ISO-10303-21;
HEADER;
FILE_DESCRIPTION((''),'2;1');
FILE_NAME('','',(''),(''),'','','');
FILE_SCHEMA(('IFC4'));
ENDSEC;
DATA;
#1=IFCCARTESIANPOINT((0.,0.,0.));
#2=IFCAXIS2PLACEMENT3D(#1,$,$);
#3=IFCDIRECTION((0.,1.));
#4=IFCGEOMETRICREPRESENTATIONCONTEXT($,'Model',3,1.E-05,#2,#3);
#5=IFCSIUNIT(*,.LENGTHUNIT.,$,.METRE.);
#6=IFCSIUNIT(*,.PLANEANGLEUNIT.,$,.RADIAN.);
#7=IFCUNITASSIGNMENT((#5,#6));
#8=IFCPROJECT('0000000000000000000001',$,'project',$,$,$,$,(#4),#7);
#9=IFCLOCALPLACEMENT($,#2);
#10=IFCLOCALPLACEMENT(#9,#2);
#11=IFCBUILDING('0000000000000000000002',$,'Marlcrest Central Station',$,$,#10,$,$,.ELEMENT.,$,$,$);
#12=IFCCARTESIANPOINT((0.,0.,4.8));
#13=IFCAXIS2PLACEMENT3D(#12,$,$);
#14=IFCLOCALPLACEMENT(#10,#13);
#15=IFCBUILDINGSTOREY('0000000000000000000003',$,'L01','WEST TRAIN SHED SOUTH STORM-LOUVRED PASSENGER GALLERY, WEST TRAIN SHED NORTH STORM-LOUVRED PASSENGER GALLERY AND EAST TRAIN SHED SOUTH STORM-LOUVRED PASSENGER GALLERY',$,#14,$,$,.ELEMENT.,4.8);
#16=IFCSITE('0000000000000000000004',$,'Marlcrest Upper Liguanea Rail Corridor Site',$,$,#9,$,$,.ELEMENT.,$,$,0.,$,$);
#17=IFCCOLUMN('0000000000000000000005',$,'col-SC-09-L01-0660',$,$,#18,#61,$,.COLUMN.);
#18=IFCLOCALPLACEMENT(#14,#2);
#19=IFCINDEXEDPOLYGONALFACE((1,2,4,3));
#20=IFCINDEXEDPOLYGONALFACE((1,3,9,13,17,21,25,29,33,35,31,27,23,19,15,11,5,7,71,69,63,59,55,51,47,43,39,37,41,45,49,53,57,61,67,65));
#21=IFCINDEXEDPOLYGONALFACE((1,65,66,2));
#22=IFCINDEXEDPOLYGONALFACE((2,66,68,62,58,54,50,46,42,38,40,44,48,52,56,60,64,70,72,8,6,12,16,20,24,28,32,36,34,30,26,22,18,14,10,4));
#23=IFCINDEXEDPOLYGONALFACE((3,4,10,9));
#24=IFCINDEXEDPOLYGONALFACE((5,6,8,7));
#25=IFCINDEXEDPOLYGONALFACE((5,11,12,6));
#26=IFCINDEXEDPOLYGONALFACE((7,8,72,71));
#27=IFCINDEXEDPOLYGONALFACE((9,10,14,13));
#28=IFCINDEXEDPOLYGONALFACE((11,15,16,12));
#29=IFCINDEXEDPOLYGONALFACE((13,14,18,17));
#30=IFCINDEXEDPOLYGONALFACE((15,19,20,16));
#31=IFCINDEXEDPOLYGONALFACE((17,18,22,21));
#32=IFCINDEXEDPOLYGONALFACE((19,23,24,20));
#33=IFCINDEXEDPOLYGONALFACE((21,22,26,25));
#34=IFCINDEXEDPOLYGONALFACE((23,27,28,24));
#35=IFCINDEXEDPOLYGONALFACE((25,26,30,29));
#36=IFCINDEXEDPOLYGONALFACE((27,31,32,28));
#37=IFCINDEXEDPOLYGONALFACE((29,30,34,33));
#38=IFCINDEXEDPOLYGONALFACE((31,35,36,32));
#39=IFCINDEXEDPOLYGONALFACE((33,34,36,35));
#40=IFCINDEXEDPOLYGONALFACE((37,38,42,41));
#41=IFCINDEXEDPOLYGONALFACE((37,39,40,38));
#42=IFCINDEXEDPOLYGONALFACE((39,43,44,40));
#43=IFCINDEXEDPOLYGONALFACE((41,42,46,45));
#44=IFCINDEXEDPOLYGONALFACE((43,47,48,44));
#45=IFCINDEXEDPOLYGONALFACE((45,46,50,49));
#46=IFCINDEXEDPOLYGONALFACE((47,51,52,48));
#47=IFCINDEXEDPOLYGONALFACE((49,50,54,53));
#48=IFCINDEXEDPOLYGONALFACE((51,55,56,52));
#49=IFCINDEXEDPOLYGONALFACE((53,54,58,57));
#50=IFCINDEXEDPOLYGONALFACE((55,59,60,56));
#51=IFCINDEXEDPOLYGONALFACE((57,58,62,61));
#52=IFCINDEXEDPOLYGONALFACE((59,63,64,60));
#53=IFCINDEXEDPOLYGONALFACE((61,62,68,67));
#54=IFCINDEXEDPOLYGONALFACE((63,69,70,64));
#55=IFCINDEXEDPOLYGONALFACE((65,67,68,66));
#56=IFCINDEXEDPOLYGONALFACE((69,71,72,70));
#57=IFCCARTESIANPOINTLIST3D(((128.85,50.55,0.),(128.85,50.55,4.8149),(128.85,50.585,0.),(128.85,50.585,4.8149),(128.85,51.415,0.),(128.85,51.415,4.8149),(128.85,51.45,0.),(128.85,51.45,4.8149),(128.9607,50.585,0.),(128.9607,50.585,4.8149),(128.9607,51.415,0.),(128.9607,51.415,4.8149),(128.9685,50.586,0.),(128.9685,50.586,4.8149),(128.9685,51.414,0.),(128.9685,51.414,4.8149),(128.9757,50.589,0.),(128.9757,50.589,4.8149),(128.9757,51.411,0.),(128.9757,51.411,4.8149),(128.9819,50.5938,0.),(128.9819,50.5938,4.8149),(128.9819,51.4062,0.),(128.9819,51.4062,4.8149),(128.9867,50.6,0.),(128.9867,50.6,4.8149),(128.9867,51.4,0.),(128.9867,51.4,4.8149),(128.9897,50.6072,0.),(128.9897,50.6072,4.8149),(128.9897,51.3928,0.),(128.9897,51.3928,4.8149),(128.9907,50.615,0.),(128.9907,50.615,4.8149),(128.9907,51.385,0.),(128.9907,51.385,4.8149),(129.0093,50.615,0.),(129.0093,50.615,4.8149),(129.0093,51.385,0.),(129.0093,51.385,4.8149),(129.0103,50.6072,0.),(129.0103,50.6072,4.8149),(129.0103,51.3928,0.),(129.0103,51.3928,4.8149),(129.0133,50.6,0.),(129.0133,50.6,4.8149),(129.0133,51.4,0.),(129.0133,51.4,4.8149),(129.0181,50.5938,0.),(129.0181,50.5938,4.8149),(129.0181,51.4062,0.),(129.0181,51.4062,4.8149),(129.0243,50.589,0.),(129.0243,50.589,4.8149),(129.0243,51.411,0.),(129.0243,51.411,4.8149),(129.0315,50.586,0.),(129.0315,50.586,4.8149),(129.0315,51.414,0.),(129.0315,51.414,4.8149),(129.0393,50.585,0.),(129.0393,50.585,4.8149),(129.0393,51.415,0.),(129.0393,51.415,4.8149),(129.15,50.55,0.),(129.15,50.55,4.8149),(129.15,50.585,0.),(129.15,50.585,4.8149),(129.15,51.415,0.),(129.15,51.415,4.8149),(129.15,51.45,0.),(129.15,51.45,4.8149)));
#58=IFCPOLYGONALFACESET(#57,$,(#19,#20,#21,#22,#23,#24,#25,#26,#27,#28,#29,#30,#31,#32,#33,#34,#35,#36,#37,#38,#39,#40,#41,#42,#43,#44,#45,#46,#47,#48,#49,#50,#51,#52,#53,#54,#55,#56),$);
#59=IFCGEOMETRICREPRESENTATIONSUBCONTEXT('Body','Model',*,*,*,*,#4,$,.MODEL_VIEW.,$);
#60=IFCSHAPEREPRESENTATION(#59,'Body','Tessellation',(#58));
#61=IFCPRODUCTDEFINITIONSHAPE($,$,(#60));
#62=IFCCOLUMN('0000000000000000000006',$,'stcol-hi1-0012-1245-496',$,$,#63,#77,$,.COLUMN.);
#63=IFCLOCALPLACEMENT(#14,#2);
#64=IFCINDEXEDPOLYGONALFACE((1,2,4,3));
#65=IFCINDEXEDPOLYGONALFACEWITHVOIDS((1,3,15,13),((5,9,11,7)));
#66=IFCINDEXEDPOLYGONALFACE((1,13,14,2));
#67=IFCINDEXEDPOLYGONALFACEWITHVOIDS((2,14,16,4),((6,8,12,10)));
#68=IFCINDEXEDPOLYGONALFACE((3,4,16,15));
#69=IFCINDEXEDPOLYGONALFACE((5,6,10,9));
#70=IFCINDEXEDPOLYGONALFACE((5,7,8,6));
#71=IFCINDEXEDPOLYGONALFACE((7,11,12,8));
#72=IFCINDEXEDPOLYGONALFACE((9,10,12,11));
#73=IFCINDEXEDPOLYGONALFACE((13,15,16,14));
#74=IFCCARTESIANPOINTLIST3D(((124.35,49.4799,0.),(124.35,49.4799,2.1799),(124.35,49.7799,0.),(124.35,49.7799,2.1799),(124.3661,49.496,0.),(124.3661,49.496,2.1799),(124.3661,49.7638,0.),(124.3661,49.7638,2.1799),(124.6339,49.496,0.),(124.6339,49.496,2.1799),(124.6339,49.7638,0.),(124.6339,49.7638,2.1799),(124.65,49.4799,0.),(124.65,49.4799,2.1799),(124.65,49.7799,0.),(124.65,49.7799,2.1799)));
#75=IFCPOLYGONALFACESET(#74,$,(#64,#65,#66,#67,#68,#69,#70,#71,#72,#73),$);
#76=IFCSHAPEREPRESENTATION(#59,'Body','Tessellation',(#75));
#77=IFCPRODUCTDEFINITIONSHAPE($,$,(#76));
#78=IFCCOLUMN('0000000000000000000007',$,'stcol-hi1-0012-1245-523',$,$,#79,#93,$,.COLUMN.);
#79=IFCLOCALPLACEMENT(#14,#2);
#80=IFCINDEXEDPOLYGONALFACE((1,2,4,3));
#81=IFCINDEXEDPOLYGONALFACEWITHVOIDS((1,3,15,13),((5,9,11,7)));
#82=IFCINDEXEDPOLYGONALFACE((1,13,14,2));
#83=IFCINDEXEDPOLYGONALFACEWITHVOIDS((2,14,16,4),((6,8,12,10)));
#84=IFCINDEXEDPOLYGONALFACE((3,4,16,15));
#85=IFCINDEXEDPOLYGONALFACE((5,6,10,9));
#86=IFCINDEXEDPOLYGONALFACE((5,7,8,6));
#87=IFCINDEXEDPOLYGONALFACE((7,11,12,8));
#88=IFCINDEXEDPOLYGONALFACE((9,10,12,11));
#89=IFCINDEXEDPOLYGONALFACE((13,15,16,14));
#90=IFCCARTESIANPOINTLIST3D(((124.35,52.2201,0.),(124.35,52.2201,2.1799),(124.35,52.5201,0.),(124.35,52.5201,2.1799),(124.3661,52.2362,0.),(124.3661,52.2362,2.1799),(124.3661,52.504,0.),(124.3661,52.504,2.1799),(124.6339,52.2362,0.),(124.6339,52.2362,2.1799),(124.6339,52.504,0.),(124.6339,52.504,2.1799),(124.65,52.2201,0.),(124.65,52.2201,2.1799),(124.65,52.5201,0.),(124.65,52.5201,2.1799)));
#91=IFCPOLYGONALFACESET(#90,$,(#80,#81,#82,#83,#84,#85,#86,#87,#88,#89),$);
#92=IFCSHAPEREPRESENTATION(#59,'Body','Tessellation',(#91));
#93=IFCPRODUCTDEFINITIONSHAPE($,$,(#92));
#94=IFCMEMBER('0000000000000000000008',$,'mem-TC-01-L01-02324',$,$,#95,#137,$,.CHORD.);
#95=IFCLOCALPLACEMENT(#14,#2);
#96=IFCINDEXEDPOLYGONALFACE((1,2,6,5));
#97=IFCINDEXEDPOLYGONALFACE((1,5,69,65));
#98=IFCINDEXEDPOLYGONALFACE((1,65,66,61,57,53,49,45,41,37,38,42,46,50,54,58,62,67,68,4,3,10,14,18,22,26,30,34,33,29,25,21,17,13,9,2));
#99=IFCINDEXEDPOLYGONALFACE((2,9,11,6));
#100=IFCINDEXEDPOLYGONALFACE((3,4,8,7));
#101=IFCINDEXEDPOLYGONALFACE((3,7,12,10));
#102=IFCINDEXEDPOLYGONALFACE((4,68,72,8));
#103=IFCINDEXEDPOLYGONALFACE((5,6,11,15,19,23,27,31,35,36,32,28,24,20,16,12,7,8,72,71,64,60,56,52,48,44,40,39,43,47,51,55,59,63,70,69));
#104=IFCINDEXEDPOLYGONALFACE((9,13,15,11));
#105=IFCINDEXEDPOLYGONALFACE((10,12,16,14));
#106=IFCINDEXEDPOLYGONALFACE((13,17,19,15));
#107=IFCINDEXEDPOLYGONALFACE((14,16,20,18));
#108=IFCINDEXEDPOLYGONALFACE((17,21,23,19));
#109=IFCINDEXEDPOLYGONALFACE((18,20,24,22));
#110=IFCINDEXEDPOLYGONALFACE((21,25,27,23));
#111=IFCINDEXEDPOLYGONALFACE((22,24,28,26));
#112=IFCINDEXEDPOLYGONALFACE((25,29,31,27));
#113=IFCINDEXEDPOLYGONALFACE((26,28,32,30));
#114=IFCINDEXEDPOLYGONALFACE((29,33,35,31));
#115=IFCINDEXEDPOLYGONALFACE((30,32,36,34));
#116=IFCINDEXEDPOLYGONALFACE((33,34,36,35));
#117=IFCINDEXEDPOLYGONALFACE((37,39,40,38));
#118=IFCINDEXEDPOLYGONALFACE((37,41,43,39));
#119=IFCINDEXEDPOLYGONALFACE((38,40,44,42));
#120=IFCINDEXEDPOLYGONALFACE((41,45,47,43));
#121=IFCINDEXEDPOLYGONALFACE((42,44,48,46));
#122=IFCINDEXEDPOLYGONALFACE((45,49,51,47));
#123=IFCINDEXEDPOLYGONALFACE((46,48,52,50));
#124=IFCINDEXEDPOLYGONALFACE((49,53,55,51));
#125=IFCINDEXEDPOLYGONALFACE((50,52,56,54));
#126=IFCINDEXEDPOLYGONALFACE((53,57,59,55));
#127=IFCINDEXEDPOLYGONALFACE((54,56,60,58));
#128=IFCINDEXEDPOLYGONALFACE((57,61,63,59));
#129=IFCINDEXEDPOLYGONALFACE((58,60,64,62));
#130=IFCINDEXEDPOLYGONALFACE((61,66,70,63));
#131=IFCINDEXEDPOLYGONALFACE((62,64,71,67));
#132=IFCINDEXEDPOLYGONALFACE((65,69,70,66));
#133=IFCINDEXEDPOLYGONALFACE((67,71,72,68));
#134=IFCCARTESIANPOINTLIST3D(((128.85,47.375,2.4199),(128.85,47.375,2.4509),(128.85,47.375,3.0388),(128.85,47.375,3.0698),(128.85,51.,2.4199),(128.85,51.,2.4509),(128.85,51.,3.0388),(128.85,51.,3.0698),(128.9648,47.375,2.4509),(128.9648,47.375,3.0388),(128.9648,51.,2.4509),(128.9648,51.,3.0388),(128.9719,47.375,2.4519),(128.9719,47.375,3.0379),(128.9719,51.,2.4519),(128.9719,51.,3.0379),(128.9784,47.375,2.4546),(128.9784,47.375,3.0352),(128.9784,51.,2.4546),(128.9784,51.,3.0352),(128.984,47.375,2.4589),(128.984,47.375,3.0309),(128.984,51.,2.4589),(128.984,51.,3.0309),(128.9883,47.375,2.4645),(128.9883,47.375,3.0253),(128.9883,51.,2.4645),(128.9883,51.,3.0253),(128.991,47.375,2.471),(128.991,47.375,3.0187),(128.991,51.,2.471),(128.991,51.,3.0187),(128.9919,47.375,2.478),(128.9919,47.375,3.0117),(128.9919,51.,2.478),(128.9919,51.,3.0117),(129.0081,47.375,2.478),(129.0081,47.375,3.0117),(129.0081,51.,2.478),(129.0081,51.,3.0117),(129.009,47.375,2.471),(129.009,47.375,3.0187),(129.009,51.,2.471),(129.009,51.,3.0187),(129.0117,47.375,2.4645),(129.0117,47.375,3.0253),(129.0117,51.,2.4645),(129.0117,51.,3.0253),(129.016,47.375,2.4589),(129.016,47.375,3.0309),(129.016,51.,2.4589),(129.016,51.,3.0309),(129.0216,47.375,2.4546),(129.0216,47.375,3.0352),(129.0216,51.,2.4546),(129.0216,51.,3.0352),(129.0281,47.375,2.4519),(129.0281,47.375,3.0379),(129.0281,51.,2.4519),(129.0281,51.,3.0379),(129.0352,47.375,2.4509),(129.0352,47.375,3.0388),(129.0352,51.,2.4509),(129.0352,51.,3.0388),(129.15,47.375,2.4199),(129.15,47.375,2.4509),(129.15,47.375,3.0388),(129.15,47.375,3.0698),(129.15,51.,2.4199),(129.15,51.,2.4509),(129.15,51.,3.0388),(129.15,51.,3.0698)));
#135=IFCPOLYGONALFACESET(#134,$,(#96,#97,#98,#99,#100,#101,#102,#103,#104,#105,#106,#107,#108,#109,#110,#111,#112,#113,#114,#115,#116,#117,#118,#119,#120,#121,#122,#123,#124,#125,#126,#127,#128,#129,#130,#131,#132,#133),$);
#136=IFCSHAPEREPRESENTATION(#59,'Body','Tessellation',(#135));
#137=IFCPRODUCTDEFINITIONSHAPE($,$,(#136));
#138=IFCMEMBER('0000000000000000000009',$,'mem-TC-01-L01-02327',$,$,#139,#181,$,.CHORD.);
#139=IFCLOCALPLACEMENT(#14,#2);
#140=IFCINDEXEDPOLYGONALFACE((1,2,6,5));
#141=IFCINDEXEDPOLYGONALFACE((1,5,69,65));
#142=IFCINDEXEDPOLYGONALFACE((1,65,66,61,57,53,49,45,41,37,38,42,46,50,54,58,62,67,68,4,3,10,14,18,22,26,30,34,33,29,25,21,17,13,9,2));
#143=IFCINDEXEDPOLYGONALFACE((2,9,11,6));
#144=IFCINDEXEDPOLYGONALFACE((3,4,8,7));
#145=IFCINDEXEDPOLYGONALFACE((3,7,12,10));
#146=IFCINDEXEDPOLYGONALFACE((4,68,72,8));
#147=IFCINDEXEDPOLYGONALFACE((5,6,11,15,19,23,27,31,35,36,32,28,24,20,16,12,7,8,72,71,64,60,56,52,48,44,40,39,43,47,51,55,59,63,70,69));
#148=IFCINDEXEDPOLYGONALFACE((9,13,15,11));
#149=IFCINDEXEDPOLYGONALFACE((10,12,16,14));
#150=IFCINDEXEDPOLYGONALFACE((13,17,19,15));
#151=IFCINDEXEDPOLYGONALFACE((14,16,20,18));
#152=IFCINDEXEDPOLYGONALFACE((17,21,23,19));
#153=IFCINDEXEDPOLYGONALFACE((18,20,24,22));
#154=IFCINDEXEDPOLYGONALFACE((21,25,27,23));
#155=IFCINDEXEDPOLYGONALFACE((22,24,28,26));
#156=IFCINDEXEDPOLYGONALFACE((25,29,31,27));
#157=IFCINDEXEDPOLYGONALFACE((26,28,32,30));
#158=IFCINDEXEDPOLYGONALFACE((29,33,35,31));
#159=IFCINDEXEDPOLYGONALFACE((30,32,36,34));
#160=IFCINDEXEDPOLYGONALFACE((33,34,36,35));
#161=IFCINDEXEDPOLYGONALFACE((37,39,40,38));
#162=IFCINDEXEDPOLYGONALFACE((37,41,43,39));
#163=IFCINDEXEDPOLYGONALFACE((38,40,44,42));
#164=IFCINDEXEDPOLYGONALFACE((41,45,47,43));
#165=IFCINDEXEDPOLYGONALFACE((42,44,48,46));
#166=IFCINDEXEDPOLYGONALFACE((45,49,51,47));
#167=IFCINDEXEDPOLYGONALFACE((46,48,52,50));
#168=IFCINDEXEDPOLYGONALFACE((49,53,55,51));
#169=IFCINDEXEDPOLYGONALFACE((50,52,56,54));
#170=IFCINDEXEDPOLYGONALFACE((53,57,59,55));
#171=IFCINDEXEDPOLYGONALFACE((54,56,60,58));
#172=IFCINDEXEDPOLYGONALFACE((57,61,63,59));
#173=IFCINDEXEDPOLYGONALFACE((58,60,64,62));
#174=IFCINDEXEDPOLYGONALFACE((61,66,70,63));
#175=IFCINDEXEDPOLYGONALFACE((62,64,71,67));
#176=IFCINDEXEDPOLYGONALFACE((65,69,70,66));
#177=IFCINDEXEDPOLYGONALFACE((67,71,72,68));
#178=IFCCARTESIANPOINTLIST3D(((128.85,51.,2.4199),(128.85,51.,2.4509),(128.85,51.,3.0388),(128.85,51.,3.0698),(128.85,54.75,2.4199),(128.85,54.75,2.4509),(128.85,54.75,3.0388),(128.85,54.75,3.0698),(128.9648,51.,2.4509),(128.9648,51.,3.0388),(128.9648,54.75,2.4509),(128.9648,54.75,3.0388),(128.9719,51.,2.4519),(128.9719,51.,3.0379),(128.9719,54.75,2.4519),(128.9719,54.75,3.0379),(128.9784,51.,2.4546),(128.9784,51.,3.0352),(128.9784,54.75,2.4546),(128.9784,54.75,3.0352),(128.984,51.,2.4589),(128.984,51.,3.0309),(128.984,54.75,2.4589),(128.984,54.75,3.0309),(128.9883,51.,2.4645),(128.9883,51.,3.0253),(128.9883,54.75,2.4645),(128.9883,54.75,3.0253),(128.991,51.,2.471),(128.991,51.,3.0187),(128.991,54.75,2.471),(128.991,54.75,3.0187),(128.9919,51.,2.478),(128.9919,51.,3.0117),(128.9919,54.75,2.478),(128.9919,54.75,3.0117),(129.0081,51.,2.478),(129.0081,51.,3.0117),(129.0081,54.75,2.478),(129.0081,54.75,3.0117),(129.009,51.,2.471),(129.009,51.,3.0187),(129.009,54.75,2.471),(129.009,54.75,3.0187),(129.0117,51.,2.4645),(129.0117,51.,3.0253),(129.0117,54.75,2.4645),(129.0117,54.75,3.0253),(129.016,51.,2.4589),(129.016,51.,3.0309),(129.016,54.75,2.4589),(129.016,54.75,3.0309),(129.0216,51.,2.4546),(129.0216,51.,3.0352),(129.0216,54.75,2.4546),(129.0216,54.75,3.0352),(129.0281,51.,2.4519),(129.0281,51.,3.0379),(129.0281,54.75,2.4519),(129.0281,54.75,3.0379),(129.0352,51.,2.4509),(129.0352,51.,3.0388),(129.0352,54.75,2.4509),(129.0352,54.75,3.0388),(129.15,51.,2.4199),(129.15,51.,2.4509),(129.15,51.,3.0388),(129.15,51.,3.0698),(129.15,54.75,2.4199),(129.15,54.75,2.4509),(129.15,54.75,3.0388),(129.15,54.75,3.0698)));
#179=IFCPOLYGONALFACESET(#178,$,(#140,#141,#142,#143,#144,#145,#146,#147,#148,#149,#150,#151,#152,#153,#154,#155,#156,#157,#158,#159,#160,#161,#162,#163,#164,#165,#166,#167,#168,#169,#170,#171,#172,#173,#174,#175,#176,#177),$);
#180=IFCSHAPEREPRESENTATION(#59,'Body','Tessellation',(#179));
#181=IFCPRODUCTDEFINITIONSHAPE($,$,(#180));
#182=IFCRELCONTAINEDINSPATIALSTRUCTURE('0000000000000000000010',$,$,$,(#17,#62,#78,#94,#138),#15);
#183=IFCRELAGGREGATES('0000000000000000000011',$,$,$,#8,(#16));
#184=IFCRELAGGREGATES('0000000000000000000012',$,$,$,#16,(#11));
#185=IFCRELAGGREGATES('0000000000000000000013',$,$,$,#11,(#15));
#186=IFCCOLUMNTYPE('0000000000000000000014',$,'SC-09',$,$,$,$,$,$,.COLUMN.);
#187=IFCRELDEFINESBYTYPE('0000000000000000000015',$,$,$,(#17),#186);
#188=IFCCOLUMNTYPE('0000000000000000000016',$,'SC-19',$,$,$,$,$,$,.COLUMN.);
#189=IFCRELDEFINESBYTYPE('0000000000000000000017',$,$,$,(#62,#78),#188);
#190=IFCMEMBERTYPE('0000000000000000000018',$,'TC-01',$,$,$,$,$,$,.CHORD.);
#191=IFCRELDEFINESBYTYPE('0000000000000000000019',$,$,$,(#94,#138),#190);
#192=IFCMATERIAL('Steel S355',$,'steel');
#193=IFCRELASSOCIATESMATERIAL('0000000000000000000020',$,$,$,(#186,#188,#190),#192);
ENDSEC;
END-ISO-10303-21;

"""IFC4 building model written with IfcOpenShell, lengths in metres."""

from ifc_helpers import new_model, si_unit, direction, frame, origin, origin_2d, place, context, subcontext, project, spatial, hollow_rectangle, i_section, extrude, material, material_profile, profile_set, type_object, element, save


model = new_model("IFC4")

# Units and contexts
model_context = context("Model", 3, precision=1e-05, world=origin(), true_north=direction((0.0, 1.0)))
body_context = subcontext(model_context, "Body", "Model", "MODEL_VIEW")
ifc_project = project(units=[si_unit("LENGTHUNIT", "METRE"), si_unit("PLANEANGLEUNIT", "RADIAN")], contexts=[model_context])

# Site, building, storey
site_placement = place(None, origin())
site = spatial("IfcSite", under=ifc_project, at=site_placement, Name="Marlcrest Upper Liguanea Rail Corridor Site", CompositionType="ELEMENT", RefElevation=0.0)
building_placement = place(site_placement, origin())
building = spatial("IfcBuilding", under=site, at=building_placement, Name="Marlcrest Central Station", CompositionType="ELEMENT")
storey_placement = place(building_placement, frame((0.0, 0.0, 4.8)))
storey = spatial("IfcBuildingStorey", under=building, at=storey_placement, Name="L01", Description="WEST TRAIN SHED SOUTH STORM-LOUVRED PASSENGER GALLERY, WEST TRAIN SHED NORTH STORM-LOUVRED PASSENGER GALLERY AND EAST TRAIN SHED SOUTH STORM-LOUVRED PASSENGER GALLERY", CompositionType="ELEMENT", Elevation=4.8)

# Columns
ifc_material = material(Name="Steel S355", Category="steel")
ifc_material_profile_1 = material_profile(ifc_material, i_section(OverallWidth=0.3, OverallDepth=0.8999, WebThickness=0.0186, FlangeThickness=0.0349, FilletRadius=0.03, at=origin_2d()), Name="HEB 900")
ifc_profile_set_1 = profile_set([ifc_material_profile_1], Name="Steel S355")
column_type_1 = type_object("IfcColumnType", Name="SC-09", PredefinedType="COLUMN", material=ifc_profile_set_1)
column_placement = place(storey_placement, frame((129.0, 51.0, 0.0), z_axis=(0.0, 0.0, 1.0), x_axis=(1.0, 0.0, 0.0)))
element("IfcColumn", 1, at=column_placement, inside=storey, type_object=column_type_1, Name="col-SC-09-L01-0660", PredefinedType="COLUMN", context=body_context, shape_type="SweptSolid", body=[
    extrude(i_section(OverallWidth=0.3, OverallDepth=0.8999, WebThickness=0.0186, FlangeThickness=0.0349, FilletRadius=0.03, at=origin_2d()), origin(), (0.0, 0.0, 1.0), 4.8149),
])
ifc_material_profile_2 = material_profile(ifc_material, hollow_rectangle(XDim=0.3, YDim=0.3, WallThickness=0.0161, at=origin_2d()), Name="SHS 300x300x16")
ifc_profile_set_2 = profile_set([ifc_material_profile_2], Name="Steel S355")
column_type_2 = type_object("IfcColumnType", Name="SC-19", PredefinedType="COLUMN", material=ifc_profile_set_2)
for number, where, z_axis, x_axis, name in (
    (2, (124.5, 49.6299, 0.0), (0.0, 0.0, 1.0), (1.0, 0.0, 0.0), "stcol-hi1-0012-1245-496"),
    (3, (124.5, 52.3701, 0.0), (0.0, 0.0, 1.0), (1.0, 0.0, 0.0), "stcol-hi1-0012-1245-523"),
):
    element("IfcColumn", number, at=place(storey_placement, frame(where, z_axis=z_axis, x_axis=x_axis)), inside=storey, type_object=column_type_2, Name=name, PredefinedType="COLUMN", context=body_context, shape_type="SweptSolid", body=[
        extrude(hollow_rectangle(XDim=0.3, YDim=0.3, WallThickness=0.0161, at=origin_2d()), origin(), (0.0, 0.0, 1.0), 2.1799),
    ])

# Members
ifc_material_profile_3 = material_profile(ifc_material, i_section(OverallWidth=0.3, OverallDepth=0.6499, WebThickness=0.0161, FlangeThickness=0.031, FilletRadius=0.0271, at=origin_2d()), Name="HEB 650")
ifc_profile_set_3 = profile_set([ifc_material_profile_3], Name="Steel S355")
member_type_1 = type_object("IfcMemberType", Name="TC-01", PredefinedType="CHORD", material=ifc_profile_set_3)
member_1_placement = place(storey_placement, frame((129.0, 47.375, 2.7449), z_axis=(0.0, 1.0, 0.0), x_axis=(-1.0, 0.0, 0.0)))
element("IfcMember", 4, at=member_1_placement, inside=storey, type_object=member_type_1, Name="mem-TC-01-L01-02324", PredefinedType="CHORD", context=body_context, shape_type="SweptSolid", body=[
    extrude(i_section(OverallWidth=0.3, OverallDepth=0.6499, WebThickness=0.0161, FlangeThickness=0.031, FilletRadius=0.0271, at=origin_2d()), origin(), (0.0, 0.0, 1.0), 3.625),
])
member_2_placement = place(storey_placement, frame((129.0, 51.0, 2.7449), z_axis=(0.0, 1.0, 0.0), x_axis=(-1.0, 0.0, 0.0)))
element("IfcMember", 5, at=member_2_placement, inside=storey, type_object=member_type_1, Name="mem-TC-01-L01-02327", PredefinedType="CHORD", context=body_context, shape_type="SweptSolid", body=[
    extrude(i_section(OverallWidth=0.3, OverallDepth=0.6499, WebThickness=0.0161, FlangeThickness=0.031, FilletRadius=0.0271, at=origin_2d()), origin(), (0.0, 0.0, 1.0), 3.75),
])

save(model, "model.ifc")
